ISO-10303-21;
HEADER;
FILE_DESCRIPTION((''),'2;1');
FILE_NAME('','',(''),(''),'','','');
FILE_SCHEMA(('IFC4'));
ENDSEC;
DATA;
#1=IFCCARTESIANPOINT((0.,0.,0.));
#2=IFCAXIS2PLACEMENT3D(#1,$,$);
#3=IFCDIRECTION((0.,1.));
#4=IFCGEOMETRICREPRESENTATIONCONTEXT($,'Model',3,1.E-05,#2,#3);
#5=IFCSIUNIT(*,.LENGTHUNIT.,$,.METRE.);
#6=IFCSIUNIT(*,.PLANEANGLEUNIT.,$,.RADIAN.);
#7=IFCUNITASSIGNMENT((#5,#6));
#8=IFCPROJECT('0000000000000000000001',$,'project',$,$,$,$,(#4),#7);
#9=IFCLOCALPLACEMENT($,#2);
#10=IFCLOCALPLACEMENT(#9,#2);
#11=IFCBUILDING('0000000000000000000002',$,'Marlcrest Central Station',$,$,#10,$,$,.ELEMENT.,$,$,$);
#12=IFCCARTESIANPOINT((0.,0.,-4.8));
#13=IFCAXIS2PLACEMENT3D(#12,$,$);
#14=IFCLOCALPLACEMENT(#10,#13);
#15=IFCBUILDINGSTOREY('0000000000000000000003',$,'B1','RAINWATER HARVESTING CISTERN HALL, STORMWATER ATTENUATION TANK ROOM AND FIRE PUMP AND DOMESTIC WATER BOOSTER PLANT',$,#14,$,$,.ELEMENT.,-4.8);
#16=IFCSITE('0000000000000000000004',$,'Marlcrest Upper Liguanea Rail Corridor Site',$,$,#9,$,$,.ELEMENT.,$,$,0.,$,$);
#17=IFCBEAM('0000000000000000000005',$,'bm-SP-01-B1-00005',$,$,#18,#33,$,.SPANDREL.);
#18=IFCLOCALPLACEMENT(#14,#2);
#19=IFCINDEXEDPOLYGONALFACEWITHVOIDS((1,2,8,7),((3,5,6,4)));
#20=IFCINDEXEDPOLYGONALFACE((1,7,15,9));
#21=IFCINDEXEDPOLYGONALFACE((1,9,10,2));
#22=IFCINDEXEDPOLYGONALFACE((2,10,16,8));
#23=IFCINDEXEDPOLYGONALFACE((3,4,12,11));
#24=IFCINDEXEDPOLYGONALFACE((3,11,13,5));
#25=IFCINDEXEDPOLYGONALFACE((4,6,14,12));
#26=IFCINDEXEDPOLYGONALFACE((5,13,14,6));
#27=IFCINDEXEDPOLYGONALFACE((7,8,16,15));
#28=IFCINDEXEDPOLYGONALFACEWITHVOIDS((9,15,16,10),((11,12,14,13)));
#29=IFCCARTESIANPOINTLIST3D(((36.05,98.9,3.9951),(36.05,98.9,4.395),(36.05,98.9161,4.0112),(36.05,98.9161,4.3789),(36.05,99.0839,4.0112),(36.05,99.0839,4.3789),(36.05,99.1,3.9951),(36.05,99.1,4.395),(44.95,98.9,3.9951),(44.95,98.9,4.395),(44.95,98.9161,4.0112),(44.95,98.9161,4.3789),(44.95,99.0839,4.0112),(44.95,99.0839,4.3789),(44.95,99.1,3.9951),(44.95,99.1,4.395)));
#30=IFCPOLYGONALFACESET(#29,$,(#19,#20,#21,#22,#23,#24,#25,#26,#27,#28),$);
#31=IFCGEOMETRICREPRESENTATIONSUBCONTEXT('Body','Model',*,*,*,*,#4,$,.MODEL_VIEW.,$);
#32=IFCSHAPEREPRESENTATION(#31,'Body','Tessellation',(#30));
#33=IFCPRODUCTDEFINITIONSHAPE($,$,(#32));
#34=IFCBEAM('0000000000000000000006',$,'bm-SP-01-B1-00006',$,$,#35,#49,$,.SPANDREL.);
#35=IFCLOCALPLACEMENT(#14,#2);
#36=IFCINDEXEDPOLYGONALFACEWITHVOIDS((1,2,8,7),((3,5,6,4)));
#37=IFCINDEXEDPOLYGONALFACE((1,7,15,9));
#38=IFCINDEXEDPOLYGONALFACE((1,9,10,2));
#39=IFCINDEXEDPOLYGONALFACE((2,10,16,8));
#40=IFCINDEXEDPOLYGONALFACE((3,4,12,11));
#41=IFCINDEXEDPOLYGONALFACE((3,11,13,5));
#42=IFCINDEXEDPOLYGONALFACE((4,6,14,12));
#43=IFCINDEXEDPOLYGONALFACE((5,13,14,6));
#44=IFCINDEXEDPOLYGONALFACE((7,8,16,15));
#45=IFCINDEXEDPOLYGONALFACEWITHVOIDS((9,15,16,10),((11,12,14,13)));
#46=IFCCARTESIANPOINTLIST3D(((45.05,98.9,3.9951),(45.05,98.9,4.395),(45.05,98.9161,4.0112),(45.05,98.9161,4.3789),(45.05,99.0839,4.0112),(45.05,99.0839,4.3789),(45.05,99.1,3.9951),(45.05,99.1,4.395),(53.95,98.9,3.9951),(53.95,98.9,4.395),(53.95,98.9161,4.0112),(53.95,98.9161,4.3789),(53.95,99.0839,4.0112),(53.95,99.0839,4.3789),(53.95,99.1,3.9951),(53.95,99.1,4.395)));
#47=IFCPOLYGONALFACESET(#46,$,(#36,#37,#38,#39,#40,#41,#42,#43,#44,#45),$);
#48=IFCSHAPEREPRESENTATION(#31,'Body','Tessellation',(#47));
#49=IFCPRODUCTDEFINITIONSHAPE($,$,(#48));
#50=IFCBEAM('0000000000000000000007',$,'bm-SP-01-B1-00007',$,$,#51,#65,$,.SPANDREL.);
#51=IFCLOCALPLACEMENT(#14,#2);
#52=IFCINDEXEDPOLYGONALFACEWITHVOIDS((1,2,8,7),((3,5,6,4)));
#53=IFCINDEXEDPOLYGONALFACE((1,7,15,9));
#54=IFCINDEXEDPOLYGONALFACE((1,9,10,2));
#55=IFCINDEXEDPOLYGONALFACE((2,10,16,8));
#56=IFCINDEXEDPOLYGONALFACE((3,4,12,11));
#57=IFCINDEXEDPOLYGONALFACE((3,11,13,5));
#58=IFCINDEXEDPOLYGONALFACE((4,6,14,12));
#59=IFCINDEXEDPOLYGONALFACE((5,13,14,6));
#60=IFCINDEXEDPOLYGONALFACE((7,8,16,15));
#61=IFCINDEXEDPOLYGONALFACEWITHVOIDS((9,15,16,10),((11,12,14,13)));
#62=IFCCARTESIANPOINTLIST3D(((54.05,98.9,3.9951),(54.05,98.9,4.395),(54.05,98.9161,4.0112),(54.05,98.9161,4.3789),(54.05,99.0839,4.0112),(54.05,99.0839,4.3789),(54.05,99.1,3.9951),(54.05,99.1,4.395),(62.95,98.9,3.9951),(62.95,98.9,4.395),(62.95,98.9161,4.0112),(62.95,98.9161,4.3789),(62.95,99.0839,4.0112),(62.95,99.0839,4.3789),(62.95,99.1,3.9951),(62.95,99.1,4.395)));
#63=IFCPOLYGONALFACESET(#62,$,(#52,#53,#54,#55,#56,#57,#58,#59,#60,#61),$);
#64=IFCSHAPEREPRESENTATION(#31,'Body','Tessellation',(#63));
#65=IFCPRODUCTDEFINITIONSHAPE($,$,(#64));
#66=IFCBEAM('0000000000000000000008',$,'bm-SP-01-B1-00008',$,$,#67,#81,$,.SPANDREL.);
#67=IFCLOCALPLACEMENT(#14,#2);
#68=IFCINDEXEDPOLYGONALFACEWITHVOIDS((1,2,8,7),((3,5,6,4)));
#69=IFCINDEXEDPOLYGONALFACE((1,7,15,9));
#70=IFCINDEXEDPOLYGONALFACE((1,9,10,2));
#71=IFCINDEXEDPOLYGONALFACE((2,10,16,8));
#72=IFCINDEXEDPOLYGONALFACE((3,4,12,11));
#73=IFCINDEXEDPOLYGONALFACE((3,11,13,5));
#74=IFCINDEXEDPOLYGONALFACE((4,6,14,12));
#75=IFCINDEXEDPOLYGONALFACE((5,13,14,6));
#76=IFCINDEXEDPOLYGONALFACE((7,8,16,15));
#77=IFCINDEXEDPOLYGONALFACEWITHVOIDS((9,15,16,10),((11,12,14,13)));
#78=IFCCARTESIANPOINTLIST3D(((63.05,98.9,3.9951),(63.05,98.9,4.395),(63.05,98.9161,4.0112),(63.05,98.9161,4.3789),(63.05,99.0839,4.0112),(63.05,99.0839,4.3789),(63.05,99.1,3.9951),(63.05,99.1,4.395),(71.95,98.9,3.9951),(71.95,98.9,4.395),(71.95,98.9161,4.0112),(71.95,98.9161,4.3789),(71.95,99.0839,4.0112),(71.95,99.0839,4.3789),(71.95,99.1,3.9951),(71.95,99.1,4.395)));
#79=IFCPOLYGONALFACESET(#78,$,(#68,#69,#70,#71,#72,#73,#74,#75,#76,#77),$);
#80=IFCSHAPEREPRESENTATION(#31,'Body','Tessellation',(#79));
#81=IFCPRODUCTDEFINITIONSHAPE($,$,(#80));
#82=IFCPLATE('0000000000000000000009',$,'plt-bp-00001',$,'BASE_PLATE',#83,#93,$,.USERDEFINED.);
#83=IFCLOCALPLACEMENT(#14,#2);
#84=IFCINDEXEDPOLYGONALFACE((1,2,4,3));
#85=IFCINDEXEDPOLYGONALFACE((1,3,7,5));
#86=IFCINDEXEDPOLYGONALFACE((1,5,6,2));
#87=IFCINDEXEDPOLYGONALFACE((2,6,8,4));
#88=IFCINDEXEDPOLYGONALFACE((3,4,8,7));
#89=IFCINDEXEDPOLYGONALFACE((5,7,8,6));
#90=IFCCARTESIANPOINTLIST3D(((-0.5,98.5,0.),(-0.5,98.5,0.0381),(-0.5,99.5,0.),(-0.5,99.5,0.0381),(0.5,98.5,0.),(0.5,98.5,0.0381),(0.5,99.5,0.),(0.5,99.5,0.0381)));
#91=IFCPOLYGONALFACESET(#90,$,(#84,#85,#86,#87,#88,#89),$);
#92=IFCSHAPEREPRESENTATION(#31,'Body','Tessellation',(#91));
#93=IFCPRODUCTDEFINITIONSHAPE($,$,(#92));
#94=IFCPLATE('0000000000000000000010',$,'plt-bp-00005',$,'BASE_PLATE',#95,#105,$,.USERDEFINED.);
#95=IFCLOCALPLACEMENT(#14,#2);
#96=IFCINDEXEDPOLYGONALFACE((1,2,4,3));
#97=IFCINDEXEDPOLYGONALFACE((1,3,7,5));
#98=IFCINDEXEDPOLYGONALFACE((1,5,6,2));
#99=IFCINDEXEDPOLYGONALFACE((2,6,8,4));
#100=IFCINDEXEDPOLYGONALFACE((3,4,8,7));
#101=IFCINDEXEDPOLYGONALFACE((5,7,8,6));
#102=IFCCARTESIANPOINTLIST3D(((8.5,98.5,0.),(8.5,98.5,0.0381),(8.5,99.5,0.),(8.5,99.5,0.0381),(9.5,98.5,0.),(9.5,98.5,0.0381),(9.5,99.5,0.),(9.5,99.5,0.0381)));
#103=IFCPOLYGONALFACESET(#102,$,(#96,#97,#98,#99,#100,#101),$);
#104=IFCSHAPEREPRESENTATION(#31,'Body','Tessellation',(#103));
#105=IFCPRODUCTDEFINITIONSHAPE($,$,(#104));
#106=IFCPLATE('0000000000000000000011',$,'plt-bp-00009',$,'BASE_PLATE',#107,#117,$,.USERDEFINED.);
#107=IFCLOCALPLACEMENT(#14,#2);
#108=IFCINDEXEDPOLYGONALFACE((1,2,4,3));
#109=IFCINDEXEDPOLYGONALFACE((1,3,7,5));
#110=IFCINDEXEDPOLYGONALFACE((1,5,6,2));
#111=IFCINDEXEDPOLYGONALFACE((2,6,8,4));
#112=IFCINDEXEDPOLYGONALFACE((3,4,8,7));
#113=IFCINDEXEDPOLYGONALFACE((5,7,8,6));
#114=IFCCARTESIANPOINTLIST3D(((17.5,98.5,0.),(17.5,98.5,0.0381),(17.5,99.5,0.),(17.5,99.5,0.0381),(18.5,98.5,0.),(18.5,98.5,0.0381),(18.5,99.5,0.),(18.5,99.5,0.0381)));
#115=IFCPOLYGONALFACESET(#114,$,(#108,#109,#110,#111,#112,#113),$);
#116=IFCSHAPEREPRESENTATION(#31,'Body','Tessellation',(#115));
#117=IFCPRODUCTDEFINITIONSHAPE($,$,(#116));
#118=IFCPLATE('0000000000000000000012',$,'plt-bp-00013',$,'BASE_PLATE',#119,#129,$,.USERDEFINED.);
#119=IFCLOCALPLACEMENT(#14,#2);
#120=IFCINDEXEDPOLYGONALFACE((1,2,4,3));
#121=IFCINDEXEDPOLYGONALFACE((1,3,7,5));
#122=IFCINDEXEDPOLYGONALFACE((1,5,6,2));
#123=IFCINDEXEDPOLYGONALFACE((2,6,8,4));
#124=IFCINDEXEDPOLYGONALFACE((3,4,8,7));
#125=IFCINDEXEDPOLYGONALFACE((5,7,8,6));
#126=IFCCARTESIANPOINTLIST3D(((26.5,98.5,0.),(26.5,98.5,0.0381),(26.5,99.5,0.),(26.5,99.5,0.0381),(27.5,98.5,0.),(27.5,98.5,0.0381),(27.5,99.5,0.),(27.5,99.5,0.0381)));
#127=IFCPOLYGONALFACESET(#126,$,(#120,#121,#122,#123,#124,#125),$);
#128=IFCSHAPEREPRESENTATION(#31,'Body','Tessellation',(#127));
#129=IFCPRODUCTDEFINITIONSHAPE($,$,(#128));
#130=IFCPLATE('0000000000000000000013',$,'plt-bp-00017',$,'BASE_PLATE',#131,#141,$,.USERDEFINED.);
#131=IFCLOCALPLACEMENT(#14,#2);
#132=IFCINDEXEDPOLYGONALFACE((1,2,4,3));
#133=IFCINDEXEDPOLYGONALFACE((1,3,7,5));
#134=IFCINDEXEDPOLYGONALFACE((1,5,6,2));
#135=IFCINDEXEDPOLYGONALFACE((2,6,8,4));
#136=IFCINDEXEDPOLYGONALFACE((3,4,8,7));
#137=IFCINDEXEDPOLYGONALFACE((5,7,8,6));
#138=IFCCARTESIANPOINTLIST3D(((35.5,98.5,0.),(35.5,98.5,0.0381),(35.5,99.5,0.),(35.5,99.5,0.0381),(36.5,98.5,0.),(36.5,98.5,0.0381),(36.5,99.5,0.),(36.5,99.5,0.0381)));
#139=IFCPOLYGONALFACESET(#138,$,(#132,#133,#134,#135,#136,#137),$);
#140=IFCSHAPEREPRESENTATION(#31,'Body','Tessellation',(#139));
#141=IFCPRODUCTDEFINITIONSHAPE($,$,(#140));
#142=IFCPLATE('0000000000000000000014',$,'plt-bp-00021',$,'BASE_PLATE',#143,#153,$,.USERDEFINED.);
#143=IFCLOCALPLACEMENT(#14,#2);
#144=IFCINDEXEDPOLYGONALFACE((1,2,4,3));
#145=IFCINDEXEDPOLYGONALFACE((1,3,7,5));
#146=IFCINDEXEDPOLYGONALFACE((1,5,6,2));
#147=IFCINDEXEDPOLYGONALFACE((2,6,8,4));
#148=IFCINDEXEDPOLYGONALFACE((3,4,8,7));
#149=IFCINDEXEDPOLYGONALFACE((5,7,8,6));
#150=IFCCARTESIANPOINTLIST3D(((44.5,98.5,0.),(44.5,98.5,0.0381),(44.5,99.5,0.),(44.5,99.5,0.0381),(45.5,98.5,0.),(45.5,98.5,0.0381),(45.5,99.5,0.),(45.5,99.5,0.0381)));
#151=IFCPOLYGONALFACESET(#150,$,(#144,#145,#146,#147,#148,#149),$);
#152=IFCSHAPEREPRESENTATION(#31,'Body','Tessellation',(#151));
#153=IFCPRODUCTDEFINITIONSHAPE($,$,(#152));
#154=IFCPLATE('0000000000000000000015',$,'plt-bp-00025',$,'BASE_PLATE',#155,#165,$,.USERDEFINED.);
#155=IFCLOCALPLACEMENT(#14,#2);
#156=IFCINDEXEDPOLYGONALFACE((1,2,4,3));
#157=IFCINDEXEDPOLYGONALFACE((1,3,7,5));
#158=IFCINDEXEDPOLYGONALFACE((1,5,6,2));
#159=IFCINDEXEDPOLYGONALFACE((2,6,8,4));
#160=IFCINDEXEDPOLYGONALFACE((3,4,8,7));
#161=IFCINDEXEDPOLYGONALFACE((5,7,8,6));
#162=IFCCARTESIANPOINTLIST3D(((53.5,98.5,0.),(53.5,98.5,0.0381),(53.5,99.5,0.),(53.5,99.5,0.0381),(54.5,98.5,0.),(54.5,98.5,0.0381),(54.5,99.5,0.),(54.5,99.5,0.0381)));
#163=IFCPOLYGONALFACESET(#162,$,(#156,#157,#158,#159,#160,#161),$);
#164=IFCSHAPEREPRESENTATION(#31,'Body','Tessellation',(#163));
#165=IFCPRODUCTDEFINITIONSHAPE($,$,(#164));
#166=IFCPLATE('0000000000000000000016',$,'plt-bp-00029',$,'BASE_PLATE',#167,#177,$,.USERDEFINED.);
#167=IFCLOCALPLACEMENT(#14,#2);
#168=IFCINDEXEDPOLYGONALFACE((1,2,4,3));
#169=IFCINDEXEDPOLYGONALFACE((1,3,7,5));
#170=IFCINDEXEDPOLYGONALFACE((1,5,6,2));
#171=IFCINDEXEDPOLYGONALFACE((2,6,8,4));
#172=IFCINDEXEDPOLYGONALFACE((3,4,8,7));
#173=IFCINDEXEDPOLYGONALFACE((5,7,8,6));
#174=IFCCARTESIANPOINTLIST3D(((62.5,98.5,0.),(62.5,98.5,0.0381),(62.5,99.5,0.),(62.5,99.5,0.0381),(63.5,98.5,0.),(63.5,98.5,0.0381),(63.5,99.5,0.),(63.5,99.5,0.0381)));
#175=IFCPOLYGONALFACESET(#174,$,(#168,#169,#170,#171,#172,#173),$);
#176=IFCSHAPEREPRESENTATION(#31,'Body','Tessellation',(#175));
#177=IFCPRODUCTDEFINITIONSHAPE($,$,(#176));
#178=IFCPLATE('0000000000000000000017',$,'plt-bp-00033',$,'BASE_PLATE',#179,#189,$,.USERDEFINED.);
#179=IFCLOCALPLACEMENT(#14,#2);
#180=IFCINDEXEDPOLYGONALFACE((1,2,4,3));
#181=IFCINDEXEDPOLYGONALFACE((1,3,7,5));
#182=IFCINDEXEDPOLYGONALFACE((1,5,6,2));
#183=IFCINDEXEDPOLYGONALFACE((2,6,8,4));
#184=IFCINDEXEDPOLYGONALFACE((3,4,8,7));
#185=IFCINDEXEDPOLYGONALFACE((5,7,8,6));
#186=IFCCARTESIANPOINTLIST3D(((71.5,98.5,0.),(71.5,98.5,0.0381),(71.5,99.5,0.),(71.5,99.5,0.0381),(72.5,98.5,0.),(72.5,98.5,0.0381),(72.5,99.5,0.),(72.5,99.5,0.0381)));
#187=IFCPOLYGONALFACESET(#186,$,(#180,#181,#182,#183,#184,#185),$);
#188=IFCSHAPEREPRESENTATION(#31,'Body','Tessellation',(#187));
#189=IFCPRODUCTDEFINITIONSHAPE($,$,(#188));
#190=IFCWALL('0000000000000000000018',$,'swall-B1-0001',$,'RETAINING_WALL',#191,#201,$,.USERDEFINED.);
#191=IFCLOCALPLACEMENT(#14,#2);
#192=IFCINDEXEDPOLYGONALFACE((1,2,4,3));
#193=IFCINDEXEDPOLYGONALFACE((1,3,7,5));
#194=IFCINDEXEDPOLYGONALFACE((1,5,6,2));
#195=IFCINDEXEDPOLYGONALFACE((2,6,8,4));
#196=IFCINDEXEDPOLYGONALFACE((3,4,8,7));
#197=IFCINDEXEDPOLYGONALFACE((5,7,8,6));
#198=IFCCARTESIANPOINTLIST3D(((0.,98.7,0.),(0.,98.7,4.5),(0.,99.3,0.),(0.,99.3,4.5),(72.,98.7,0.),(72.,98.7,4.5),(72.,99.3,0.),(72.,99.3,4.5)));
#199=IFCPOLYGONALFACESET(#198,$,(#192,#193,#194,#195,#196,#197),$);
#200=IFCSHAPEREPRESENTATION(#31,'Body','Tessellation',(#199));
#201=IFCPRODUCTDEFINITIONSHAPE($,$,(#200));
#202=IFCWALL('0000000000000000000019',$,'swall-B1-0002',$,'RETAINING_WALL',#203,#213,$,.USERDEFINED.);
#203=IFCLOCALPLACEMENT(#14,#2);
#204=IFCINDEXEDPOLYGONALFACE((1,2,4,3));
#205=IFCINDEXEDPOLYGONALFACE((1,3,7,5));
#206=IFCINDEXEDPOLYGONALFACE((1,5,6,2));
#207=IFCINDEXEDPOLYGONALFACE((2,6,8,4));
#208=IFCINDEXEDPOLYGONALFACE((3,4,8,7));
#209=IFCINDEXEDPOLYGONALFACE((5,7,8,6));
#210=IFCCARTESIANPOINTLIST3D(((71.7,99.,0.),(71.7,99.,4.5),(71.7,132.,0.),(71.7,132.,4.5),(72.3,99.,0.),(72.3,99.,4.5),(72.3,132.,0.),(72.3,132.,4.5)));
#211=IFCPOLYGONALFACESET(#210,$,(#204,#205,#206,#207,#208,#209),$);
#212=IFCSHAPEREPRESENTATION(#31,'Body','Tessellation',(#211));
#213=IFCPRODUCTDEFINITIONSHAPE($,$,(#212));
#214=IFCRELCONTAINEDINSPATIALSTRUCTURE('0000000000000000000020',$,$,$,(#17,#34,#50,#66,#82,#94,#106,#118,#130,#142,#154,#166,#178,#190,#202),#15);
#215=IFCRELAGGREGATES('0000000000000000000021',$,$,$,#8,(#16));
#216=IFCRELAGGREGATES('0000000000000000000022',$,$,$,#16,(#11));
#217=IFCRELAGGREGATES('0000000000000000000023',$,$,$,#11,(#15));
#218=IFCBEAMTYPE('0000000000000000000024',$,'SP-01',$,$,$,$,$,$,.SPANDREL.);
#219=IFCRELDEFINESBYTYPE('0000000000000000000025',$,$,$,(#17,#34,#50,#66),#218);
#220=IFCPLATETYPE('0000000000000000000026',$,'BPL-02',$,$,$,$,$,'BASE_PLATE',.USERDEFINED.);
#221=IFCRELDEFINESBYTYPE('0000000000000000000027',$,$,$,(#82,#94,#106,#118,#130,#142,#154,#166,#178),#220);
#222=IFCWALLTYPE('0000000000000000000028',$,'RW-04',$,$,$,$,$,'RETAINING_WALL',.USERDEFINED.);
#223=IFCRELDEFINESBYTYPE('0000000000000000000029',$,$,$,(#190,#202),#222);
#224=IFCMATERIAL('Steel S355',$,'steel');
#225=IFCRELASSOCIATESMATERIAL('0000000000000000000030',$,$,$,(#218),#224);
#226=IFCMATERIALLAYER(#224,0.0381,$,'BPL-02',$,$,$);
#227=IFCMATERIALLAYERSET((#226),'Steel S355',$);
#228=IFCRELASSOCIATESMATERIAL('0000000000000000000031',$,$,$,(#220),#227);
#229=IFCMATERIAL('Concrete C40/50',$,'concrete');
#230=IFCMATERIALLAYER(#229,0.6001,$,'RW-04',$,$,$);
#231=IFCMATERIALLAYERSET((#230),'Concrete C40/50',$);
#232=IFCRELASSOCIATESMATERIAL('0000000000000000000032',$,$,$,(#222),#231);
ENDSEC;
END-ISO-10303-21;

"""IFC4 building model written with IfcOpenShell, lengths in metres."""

from ifc_helpers import new_model, si_unit, direction, frame, frame_2d, origin, origin_2d, place, context, subcontext, project, spatial, rectangle, hollow_rectangle, extrude, material, layer, layer_set, material_profile, profile_set, type_object, element, save


model = new_model("IFC4")

# Units and contexts
model_context = context("Model", 3, precision=1e-05, world=origin(), true_north=direction((0.0, 1.0)))
body_context = subcontext(model_context, "Body", "Model", "MODEL_VIEW")
ifc_project = project(units=[si_unit("LENGTHUNIT", "METRE"), si_unit("PLANEANGLEUNIT", "RADIAN")], contexts=[model_context])

# Site, building, storey
site_placement = place(None, origin())
site = spatial("IfcSite", under=ifc_project, at=site_placement, Name="Marlcrest Upper Liguanea Rail Corridor Site", CompositionType="ELEMENT", RefElevation=0.0)
building_placement = place(site_placement, origin())
building = spatial("IfcBuilding", under=site, at=building_placement, Name="Marlcrest Central Station", CompositionType="ELEMENT")
storey_placement = place(building_placement, frame((0.0, 0.0, -4.8)))
storey = spatial("IfcBuildingStorey", under=building, at=storey_placement, Name="B1", Description="RAINWATER HARVESTING CISTERN HALL, STORMWATER ATTENUATION TANK ROOM AND FIRE PUMP AND DOMESTIC WATER BOOSTER PLANT", CompositionType="ELEMENT", Elevation=-4.8)

# Shared definitions
ifc_material_1 = material(Name="Concrete C40/50", Category="concrete")

# Shared definitions
ifc_material_2 = material(Name="Steel S355", Category="steel")

# Beams
ifc_material_profile_1 = material_profile(ifc_material_2, hollow_rectangle(XDim=0.2, YDim=0.3999, WallThickness=0.0161, at=origin_2d()), Name="RHS 400x200x16")
ifc_profile_set_1 = profile_set([ifc_material_profile_1], Name="Steel S355")
beam_type = type_object("IfcBeamType", Name="SP-01", PredefinedType="SPANDREL", material=ifc_profile_set_1)
for number, where, z_axis, x_axis, name in (
    (1, (36.05, 99.0, 4.1951), (1.0, 0.0, 0.0), (0.0, 1.0, 0.0), "bm-SP-01-B1-00005"),
    (2, (45.05, 99.0, 4.1951), (1.0, 0.0, 0.0), (0.0, 1.0, 0.0), "bm-SP-01-B1-00006"),
    (3, (54.05, 99.0, 4.1951), (1.0, 0.0, 0.0), (0.0, 1.0, 0.0), "bm-SP-01-B1-00007"),
    (4, (63.05, 99.0, 4.1951), (1.0, 0.0, 0.0), (0.0, 1.0, 0.0), "bm-SP-01-B1-00008"),
):
    element("IfcBeam", number, at=place(storey_placement, frame(where, z_axis=z_axis, x_axis=x_axis)), inside=storey, type_object=beam_type, Name=name, PredefinedType="SPANDREL", context=body_context, shape_type="SweptSolid", body=[
        extrude(hollow_rectangle(XDim=0.2, YDim=0.3999, WallThickness=0.0161, at=origin_2d()), origin(), (0.0, 0.0, 1.0), 8.8999),
    ])

# Plates
ifc_layer_1 = layer(ifc_material_2, 0.0381, Name="BPL-02")
ifc_layer_set_1 = layer_set([ifc_layer_1], Name="Steel S355")
plate_type = type_object("IfcPlateType", Name="BPL-02", ElementType="BASE_PLATE", PredefinedType="USERDEFINED", material=ifc_layer_set_1)
for number, where, z_axis, x_axis, name in (
    (5, (0.0, 99.0, 0.0), (0.0, 0.0, 1.0), (1.0, 0.0, 0.0), "plt-bp-00001"),
    (6, (9.0, 99.0, 0.0), (0.0, 0.0, 1.0), (1.0, 0.0, 0.0), "plt-bp-00005"),
    (7, (18.0, 99.0, 0.0), (0.0, 0.0, 1.0), (1.0, 0.0, 0.0), "plt-bp-00009"),
    (8, (27.0, 99.0, 0.0), (0.0, 0.0, 1.0), (1.0, 0.0, 0.0), "plt-bp-00013"),
    (9, (36.0, 99.0, 0.0), (0.0, 0.0, 1.0), (1.0, 0.0, 0.0), "plt-bp-00017"),
    (10, (45.0, 99.0, 0.0), (0.0, 0.0, 1.0), (1.0, 0.0, 0.0), "plt-bp-00021"),
    (11, (54.0, 99.0, 0.0), (0.0, 0.0, 1.0), (1.0, 0.0, 0.0), "plt-bp-00025"),
    (12, (63.0, 99.0, 0.0), (0.0, 0.0, 1.0), (1.0, 0.0, 0.0), "plt-bp-00029"),
    (13, (72.0, 99.0, 0.0), (0.0, 0.0, 1.0), (1.0, 0.0, 0.0), "plt-bp-00033"),
):
    element("IfcPlate", number, at=place(storey_placement, frame(where, z_axis=z_axis, x_axis=x_axis)), inside=storey, type_object=plate_type, Name=name, ObjectType="BASE_PLATE", PredefinedType="USERDEFINED", context=body_context, shape_type="SweptSolid", body=[
        extrude(rectangle(XDim=1.0, YDim=1.0, at=origin_2d()), origin(), (0.0, 0.0, 1.0), 0.0381),
    ])

# Walls
ifc_layer_2 = layer(ifc_material_1, 0.6001, Name="RW-04")
ifc_layer_set_2 = layer_set([ifc_layer_2], Name="Concrete C40/50")
wall_type = type_object("IfcWallType", Name="RW-04", ElementType="RETAINING_WALL", PredefinedType="USERDEFINED", material=ifc_layer_set_2)
wall_1_placement = place(storey_placement, frame((0.0, 99.0, 0.0), z_axis=(0.0, 0.0, 1.0), x_axis=(1.0, 0.0, 0.0)))
element("IfcWall", 14, at=wall_1_placement, inside=storey, type_object=wall_type, Name="swall-B1-0001", ObjectType="RETAINING_WALL", PredefinedType="USERDEFINED", context=body_context, shape_type="SweptSolid", body=[
    extrude(rectangle(XDim=72.0, YDim=0.6001, at=frame_2d((36.0, 0.0))), origin(), (0.0, 0.0, 1.0), 4.5),
])
wall_2_placement = place(storey_placement, frame((72.0, 99.0, 0.0), z_axis=(0.0, 0.0, 1.0), x_axis=(0.0, 1.0, 0.0)))
element("IfcWall", 15, at=wall_2_placement, inside=storey, type_object=wall_type, Name="swall-B1-0002", ObjectType="RETAINING_WALL", PredefinedType="USERDEFINED", context=body_context, shape_type="SweptSolid", body=[
    extrude(rectangle(XDim=33.0, YDim=0.6001, at=frame_2d((16.5, 0.0))), origin(), (0.0, 0.0, 1.0), 4.5),
])

save(model, "model.ifc")
